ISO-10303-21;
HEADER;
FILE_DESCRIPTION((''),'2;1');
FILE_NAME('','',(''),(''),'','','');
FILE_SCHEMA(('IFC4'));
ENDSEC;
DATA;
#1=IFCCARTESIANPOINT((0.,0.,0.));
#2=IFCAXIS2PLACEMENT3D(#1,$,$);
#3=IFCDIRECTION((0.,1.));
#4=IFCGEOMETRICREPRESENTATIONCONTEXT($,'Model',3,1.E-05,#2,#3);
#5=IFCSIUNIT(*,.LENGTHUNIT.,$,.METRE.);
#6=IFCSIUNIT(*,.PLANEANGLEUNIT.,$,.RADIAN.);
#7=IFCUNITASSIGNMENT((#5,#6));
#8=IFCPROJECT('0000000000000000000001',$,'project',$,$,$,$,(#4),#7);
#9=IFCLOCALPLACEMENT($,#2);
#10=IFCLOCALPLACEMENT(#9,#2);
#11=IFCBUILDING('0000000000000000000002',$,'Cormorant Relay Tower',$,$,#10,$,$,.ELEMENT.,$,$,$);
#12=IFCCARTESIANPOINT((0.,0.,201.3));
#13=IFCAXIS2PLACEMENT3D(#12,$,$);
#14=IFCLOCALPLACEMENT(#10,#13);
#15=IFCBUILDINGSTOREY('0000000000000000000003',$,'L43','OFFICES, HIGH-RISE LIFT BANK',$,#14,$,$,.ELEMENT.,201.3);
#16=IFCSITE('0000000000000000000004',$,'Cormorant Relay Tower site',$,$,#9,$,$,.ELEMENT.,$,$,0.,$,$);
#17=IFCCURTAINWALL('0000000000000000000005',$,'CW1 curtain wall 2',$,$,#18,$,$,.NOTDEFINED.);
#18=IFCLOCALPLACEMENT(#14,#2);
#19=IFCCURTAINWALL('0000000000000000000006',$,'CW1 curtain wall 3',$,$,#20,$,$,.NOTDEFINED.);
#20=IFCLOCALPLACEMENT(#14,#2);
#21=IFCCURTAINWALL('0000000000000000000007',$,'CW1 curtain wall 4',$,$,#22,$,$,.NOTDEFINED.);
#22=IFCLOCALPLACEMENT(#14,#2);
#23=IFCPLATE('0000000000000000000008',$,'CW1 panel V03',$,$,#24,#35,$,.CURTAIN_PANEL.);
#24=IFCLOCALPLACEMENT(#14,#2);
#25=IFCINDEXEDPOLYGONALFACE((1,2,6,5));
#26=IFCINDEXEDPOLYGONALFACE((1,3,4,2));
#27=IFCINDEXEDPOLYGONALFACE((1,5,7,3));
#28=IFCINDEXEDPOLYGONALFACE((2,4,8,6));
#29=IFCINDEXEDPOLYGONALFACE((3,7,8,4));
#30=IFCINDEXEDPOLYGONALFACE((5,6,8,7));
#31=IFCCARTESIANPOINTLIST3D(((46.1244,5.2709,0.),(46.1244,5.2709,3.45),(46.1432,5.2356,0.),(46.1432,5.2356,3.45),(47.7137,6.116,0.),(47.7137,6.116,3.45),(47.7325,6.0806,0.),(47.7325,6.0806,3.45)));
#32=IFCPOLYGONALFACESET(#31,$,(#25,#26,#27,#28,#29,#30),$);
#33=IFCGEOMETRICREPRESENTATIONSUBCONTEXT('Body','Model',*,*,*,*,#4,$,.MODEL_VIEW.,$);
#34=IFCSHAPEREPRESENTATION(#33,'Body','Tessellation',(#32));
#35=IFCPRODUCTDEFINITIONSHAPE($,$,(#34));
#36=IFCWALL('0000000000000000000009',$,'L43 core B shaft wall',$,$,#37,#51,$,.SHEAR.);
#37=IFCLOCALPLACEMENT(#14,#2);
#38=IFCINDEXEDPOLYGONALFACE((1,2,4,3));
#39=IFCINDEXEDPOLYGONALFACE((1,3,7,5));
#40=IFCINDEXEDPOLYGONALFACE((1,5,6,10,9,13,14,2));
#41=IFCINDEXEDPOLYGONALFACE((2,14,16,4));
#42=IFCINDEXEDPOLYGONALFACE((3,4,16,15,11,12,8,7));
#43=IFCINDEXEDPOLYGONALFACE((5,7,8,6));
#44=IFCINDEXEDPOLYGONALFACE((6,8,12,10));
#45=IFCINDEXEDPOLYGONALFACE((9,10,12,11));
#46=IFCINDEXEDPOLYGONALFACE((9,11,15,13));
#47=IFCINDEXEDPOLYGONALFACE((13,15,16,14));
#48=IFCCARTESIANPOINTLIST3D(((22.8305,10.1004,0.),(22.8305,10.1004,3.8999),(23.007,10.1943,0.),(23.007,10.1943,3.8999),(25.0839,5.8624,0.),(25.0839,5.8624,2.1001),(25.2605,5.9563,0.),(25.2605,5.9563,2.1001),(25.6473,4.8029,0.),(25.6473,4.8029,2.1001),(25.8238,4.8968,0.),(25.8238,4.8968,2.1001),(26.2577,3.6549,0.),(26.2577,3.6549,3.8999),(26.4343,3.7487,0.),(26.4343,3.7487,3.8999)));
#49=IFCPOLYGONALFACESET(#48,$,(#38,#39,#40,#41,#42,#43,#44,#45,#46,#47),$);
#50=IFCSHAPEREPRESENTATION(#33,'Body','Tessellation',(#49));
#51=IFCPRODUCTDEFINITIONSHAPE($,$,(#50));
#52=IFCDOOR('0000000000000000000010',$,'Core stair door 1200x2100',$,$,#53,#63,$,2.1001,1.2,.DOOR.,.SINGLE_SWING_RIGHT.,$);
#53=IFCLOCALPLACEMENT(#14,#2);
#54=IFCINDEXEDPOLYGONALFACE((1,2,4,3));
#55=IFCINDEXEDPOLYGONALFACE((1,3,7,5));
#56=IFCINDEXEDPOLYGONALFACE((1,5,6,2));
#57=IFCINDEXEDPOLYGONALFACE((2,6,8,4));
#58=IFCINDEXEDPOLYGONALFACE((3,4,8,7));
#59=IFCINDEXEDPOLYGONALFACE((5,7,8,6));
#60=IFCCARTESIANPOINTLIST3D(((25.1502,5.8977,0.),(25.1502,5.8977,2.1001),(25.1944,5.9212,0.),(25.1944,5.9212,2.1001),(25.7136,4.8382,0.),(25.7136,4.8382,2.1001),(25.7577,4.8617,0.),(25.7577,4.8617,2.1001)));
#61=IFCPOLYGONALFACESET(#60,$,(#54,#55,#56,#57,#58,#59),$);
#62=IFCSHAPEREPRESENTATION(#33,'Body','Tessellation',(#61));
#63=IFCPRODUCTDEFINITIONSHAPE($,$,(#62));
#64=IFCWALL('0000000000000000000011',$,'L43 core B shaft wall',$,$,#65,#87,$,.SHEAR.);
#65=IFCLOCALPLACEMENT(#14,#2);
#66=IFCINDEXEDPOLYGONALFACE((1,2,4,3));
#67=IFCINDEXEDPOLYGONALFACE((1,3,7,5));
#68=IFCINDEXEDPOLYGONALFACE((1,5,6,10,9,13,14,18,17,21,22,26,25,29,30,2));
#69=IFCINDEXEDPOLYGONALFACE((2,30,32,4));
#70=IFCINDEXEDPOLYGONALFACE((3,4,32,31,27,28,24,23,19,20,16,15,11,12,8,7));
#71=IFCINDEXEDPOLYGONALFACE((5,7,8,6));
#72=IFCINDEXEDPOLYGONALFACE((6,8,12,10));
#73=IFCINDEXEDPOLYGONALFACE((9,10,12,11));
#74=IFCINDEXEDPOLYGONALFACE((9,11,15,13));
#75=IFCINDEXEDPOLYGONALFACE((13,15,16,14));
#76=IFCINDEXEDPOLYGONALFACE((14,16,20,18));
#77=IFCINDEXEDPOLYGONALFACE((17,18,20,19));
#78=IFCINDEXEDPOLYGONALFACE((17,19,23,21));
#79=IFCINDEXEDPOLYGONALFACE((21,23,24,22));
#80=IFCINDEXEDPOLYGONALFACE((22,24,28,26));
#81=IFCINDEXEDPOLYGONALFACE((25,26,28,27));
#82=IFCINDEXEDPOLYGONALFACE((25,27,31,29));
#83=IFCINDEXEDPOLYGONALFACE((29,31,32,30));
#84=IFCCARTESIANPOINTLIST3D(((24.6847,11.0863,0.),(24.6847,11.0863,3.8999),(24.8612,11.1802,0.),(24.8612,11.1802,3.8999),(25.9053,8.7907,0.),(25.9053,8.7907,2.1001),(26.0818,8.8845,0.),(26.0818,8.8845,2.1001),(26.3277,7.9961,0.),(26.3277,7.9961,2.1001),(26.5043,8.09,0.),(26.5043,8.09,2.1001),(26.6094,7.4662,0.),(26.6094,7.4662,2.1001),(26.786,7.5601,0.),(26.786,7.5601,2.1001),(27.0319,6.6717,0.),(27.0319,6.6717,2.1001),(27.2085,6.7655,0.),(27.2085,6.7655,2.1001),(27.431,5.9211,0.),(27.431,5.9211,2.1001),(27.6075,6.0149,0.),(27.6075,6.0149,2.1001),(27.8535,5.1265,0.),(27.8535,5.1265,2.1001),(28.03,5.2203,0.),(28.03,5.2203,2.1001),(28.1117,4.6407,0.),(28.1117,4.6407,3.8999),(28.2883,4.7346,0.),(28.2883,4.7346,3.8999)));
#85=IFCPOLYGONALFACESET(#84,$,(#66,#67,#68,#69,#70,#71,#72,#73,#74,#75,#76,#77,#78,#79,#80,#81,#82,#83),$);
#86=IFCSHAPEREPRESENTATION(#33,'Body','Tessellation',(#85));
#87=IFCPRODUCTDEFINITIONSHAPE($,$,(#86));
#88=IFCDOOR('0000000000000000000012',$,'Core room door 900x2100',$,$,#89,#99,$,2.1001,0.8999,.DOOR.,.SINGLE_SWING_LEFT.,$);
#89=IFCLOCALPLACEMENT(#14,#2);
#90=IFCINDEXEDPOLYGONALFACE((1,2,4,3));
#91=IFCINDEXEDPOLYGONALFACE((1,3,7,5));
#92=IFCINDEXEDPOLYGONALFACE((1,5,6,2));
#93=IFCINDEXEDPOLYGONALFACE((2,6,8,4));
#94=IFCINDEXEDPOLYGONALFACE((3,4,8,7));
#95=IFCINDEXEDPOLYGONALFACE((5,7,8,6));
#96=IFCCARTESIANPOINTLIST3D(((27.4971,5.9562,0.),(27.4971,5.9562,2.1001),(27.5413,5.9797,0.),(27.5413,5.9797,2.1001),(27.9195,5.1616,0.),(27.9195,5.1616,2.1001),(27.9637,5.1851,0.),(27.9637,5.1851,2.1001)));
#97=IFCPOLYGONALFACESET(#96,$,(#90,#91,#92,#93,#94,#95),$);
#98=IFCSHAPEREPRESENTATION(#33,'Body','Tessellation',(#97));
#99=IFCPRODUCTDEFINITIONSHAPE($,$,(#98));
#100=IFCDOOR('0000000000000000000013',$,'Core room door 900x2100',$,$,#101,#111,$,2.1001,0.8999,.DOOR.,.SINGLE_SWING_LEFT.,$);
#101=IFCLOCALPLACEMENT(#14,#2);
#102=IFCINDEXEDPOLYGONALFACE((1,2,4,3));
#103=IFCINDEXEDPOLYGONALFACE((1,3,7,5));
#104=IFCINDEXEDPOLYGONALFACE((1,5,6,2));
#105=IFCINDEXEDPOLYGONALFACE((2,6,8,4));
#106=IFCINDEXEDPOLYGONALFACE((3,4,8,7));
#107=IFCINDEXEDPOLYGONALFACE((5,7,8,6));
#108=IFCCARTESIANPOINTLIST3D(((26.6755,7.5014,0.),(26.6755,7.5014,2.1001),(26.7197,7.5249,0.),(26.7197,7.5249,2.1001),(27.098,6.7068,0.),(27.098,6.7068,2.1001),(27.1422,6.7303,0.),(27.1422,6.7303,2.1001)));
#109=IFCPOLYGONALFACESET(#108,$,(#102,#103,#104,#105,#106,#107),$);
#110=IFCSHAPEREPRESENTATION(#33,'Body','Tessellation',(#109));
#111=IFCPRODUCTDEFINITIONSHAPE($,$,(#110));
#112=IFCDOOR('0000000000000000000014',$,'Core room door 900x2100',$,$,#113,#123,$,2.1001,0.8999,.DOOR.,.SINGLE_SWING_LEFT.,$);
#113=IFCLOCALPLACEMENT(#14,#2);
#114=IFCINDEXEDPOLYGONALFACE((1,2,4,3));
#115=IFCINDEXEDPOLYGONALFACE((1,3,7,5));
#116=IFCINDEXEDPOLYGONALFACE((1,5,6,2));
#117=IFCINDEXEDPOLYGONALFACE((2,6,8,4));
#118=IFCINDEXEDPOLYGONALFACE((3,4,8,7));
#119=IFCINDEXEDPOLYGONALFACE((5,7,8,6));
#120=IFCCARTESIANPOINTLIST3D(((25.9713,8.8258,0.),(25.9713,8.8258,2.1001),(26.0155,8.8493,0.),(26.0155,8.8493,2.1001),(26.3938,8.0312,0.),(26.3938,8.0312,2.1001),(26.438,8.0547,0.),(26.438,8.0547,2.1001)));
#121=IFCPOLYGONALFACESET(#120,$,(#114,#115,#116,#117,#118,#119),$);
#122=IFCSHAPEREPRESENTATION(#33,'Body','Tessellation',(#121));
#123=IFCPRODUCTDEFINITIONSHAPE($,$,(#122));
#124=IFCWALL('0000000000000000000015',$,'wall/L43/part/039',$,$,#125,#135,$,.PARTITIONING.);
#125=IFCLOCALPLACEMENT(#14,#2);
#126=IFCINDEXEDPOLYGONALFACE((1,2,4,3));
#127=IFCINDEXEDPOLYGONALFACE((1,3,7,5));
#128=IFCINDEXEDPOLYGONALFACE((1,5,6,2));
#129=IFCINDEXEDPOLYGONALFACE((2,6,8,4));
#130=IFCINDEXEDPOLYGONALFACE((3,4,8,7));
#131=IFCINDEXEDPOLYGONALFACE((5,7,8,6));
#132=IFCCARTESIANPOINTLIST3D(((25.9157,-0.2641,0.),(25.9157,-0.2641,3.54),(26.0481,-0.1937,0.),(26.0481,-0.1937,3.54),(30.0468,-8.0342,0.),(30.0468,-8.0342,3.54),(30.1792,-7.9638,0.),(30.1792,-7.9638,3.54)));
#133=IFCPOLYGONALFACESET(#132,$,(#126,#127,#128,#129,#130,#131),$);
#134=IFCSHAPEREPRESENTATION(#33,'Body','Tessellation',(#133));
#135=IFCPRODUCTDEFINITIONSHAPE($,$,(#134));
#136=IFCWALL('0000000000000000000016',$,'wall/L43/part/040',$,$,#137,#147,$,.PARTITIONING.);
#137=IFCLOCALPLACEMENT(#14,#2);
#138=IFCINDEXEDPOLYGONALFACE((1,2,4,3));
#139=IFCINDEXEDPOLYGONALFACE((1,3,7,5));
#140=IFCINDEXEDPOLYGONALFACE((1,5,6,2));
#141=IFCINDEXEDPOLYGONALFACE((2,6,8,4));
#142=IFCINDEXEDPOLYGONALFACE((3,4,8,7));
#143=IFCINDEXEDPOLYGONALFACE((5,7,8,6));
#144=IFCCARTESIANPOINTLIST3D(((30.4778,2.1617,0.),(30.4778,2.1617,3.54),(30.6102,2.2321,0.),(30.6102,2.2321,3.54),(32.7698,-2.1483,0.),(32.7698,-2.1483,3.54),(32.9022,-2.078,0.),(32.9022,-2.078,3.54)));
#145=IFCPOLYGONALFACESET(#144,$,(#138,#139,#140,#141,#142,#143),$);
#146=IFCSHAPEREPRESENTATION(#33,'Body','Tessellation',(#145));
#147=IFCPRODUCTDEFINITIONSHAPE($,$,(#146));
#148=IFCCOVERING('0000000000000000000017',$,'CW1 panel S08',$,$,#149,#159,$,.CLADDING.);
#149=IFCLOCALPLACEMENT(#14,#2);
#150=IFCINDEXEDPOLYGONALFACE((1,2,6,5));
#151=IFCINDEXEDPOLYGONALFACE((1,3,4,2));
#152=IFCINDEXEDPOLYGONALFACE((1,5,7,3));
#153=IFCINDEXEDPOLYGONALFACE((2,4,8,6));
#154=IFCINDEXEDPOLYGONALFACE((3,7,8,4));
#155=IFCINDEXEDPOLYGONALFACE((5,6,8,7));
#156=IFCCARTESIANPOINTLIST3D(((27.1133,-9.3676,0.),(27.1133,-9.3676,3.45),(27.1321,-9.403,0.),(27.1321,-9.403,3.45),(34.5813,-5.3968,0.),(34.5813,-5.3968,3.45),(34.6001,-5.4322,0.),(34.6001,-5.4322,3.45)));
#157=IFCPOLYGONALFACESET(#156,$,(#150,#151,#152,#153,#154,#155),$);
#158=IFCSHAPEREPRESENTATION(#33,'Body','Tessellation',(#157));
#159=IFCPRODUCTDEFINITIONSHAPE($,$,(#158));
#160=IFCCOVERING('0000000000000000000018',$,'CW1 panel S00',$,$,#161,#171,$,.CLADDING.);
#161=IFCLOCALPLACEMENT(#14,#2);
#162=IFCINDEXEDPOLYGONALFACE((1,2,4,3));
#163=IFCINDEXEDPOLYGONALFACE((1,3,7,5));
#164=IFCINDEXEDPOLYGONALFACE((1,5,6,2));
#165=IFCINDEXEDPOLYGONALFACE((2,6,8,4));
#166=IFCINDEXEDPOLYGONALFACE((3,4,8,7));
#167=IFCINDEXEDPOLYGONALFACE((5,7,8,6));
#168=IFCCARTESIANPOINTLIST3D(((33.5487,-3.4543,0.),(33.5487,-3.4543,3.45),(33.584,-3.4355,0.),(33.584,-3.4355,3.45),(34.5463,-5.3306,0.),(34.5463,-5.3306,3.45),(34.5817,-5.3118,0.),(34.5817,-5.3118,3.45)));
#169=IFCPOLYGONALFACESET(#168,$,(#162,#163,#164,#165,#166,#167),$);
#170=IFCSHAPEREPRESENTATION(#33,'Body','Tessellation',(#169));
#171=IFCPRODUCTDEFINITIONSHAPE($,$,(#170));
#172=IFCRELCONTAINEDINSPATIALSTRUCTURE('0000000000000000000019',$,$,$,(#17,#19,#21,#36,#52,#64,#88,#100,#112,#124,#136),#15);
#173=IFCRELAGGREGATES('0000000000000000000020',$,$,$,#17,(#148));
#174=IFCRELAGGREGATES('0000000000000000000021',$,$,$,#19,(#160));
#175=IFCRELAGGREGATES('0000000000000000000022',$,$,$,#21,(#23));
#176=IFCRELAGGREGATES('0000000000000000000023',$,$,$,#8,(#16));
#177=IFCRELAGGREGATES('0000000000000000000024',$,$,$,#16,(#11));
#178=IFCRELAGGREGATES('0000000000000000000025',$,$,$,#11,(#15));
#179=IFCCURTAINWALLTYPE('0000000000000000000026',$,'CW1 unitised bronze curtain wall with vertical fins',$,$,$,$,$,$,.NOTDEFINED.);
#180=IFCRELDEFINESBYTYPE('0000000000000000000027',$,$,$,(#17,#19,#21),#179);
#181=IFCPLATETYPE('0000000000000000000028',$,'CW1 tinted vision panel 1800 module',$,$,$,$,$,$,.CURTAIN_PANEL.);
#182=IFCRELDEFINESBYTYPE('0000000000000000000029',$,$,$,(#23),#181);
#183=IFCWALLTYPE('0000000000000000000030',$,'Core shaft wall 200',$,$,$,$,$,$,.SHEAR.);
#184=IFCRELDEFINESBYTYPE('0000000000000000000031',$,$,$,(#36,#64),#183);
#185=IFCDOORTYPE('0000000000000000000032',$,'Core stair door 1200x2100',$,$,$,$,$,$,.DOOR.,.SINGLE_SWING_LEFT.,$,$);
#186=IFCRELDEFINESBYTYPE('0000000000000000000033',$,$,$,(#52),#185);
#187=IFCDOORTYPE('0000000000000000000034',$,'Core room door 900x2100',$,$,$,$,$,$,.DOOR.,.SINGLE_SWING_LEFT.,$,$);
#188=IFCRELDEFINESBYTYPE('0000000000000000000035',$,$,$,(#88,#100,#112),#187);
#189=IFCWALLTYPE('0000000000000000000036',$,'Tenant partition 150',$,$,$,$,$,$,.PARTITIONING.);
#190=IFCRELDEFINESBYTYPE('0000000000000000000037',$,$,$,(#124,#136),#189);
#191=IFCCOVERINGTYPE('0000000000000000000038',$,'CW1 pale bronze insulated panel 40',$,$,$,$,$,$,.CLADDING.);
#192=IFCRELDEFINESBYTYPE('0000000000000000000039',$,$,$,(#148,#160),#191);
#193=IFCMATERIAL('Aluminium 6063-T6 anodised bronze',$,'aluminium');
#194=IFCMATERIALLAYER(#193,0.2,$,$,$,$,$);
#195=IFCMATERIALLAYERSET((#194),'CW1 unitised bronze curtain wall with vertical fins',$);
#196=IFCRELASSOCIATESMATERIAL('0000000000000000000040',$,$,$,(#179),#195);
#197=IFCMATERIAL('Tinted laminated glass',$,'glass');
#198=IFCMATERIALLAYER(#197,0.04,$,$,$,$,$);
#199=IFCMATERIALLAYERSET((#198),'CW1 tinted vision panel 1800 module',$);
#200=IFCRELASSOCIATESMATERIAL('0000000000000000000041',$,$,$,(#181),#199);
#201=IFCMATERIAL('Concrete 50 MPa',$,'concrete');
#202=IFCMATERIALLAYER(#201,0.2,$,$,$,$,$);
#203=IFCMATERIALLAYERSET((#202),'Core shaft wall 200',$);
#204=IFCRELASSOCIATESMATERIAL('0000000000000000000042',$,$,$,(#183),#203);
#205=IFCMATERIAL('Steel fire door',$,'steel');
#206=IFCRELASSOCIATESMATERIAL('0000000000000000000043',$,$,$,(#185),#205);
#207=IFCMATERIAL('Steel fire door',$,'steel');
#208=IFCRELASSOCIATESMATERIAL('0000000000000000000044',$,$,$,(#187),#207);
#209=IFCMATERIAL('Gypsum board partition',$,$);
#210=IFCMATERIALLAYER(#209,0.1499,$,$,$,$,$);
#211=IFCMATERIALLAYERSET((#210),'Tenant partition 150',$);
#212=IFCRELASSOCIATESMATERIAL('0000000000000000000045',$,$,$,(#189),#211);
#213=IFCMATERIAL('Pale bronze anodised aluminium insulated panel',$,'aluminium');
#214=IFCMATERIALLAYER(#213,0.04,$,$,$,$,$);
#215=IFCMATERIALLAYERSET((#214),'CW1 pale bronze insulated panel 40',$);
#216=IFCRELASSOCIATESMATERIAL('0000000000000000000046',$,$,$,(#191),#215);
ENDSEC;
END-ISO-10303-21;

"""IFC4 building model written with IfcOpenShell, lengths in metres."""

from ifc_helpers import new_model, si_unit, direction, frame, frame_2d, origin, origin_2d, place, context, subcontext, project, spatial, rectangle, extrude, material, layer, layer_set, type_object, element, fill, aggregate, save


model = new_model("IFC4")

# Units and contexts
model_context = context("Model", 3, precision=1e-05, world=origin(), true_north=direction((0.0, 1.0)))
body_context = subcontext(model_context, "Body", "Model", "MODEL_VIEW")
ifc_project = project(units=[si_unit("LENGTHUNIT", "METRE"), si_unit("PLANEANGLEUNIT", "RADIAN")], contexts=[model_context])

# Site, building, storey
site_placement = place(None, origin())
site = spatial("IfcSite", under=ifc_project, at=site_placement, Name="Cormorant Relay Tower site", CompositionType="ELEMENT", RefElevation=0.0)
building_placement = place(site_placement, origin())
building = spatial("IfcBuilding", under=site, at=building_placement, Name="Cormorant Relay Tower", CompositionType="ELEMENT")
storey_placement = place(building_placement, frame((0.0, 0.0, 201.3)))
storey = spatial("IfcBuildingStorey", under=building, at=storey_placement, Name="L43", Description="OFFICES, HIGH-RISE LIFT BANK", CompositionType="ELEMENT", Elevation=201.3)

# Curtain walls
ifc_material_1 = material(Name="Aluminium 6063-T6 anodised bronze", Category="aluminium")
ifc_layer_1 = layer(ifc_material_1, 0.2)
ifc_layer_set_1 = layer_set([ifc_layer_1], Name="CW1 unitised bronze curtain wall with vertical fins")
curtain_wall_type = type_object("IfcCurtainWallType", Name="CW1 unitised bronze curtain wall with vertical fins", PredefinedType="NOTDEFINED", material=ifc_layer_set_1)
curtain_wall_1_placement = place(storey_placement, origin())
curtain_wall_1 = element("IfcCurtainWall", 1, at=curtain_wall_1_placement, inside=storey, type_object=curtain_wall_type, Name="CW1 curtain wall 2", PredefinedType="NOTDEFINED")
curtain_wall_2_placement = place(storey_placement, origin())
curtain_wall_2 = element("IfcCurtainWall", 2, at=curtain_wall_2_placement, inside=storey, type_object=curtain_wall_type, Name="CW1 curtain wall 3", PredefinedType="NOTDEFINED")

# Curtain wall
curtain_wall_3_placement = place(storey_placement, origin())
curtain_wall_3 = element("IfcCurtainWall", 3, at=curtain_wall_3_placement, inside=storey, type_object=curtain_wall_type, Name="CW1 curtain wall 4", PredefinedType="NOTDEFINED")

# Plate
ifc_material_2 = material(Name="Tinted laminated glass", Category="glass")
ifc_layer_2 = layer(ifc_material_2, 0.04)
ifc_layer_set_2 = layer_set([ifc_layer_2], Name="CW1 tinted vision panel 1800 module")
plate_type = type_object("IfcPlateType", Name="CW1 tinted vision panel 1800 module", PredefinedType="CURTAIN_PANEL", material=ifc_layer_set_2)
plate_1_placement = place(storey_placement, frame((46.9285, 5.6758, 0.0), z_axis=(0.0, 0.0, 1.0), x_axis=(0.882948, 0.469472, 0.0)))
plate_1 = element("IfcPlate", 4, at=plate_1_placement, type_object=plate_type, Name="CW1 panel V03", PredefinedType="CURTAIN_PANEL", context=body_context, shape_type="SweptSolid", body=[
    extrude(rectangle(XDim=1.8, YDim=0.04, at=origin_2d()), origin(), (0.0, 0.0, 1.0), 3.45),
])

# Wall, opening, door
ifc_material_3 = material(Name="Concrete 50 MPa", Category="concrete")
ifc_layer_3 = layer(ifc_material_3, 0.2)
ifc_layer_set_3 = layer_set([ifc_layer_3], Name="Core shaft wall 200")
wall_type_1 = type_object("IfcWallType", Name="Core shaft wall 200", PredefinedType="SHEAR", material=ifc_layer_set_3)
wall_1_placement = place(storey_placement, frame((26.3459, 3.7019, 0.0), z_axis=(0.0, 0.0, 1.0), x_axis=(-0.46948, 0.882943, 0.0)))
wall_1 = element("IfcWall", 5, at=wall_1_placement, inside=storey, type_object=wall_type_1, Name="L43 core B shaft wall", PredefinedType="SHEAR", context=body_context, shape_type="SweptSolid", body=[
    extrude(rectangle(XDim=7.3, YDim=0.2, at=frame_2d((3.6499, 0.0))), origin(), (0.0, 0.0, 1.0), 3.8999),
])
opening_1_placement = place(wall_1_placement, frame((1.3, 0.0, 0.0)))
opening_1 = element("IfcOpeningElement", 6, at=opening_1_placement, cuts=wall_1, PredefinedType="OPENING", context=body_context, shape_type="SweptSolid", body=[
    extrude(rectangle(XDim=1.2, YDim=2.1001, at=frame_2d((0.6001, 1.05))), frame((0.0, 0.1099, 0.0), z_axis=(0.0, -1.0, 0.0), x_axis=(1.0, 0.0, 0.0)), (0.0, 0.0, 1.0), 0.22),
])
ifc_material_4 = material(Name="Steel fire door", Category="steel")
door_type_1 = type_object("IfcDoorType", Name="Core stair door 1200x2100", OperationType="SINGLE_SWING_LEFT", PredefinedType="DOOR", material=ifc_material_4)
door_1_placement = place(opening_1_placement, origin())
door_1 = element("IfcDoor", 7, at=door_1_placement, inside=storey, type_object=door_type_1, Name="Core stair door 1200x2100", OperationType="SINGLE_SWING_RIGHT", OverallHeight=2.1001, OverallWidth=1.2, PredefinedType="DOOR", context=body_context, shape_type="SweptSolid", body=[
    extrude(rectangle(XDim=1.2, YDim=2.1001, at=frame_2d((0.6001, 1.05))), frame((0.0, 0.0249, 0.0), z_axis=(0.0, -1.0, 0.0), x_axis=(1.0, 0.0, 0.0)), (0.0, 0.0, 1.0), 0.05),
])
fill(opening_1, door_1)

# Wall, openings, doors
wall_2_placement = place(storey_placement, frame((28.2, 4.6877, 0.0), z_axis=(0.0, 0.0, 1.0), x_axis=(-0.469454, 0.882957, 0.0)))
wall_2 = element("IfcWall", 8, at=wall_2_placement, inside=storey, type_object=wall_type_1, Name="L43 core B shaft wall", PredefinedType="SHEAR", context=body_context, shape_type="SweptSolid", body=[
    extrude(rectangle(XDim=7.3, YDim=0.2, at=frame_2d((3.6499, 0.0))), origin(), (0.0, 0.0, 1.0), 3.8999),
])
opening_2_placement = place(wall_2_placement, frame((0.55, 0.0, 0.0)))
opening_2 = element("IfcOpeningElement", 9, at=opening_2_placement, cuts=wall_2, PredefinedType="OPENING", context=body_context, shape_type="SweptSolid", body=[
    extrude(rectangle(XDim=0.8999, YDim=2.1001, at=frame_2d((0.45, 1.05))), frame((0.0, 0.1099, 0.0), z_axis=(0.0, -1.0, 0.0), x_axis=(1.0, 0.0, 0.0)), (0.0, 0.0, 1.0), 0.22),
])
opening_3_placement = place(wall_2_placement, frame((2.3, 0.0, 0.0)))
opening_3 = element("IfcOpeningElement", 10, at=opening_3_placement, cuts=wall_2, PredefinedType="OPENING", context=body_context, shape_type="SweptSolid", body=[
    extrude(rectangle(XDim=0.8999, YDim=2.1001, at=frame_2d((0.45, 1.05))), frame((0.0, 0.1099, 0.0), z_axis=(0.0, -1.0, 0.0), x_axis=(1.0, 0.0, 0.0)), (0.0, 0.0, 1.0), 0.22),
])
opening_4_placement = place(wall_2_placement, frame((3.8, 0.0, 0.0)))
opening_4 = element("IfcOpeningElement", 11, at=opening_4_placement, cuts=wall_2, PredefinedType="OPENING", context=body_context, shape_type="SweptSolid", body=[
    extrude(rectangle(XDim=0.8999, YDim=2.1001, at=frame_2d((0.45, 1.05))), frame((0.0, 0.1099, 0.0), z_axis=(0.0, -1.0, 0.0), x_axis=(1.0, 0.0, 0.0)), (0.0, 0.0, 1.0), 0.22),
])
ifc_material_5 = material(Name="Steel fire door", Category="steel")
door_type_2 = type_object("IfcDoorType", Name="Core room door 900x2100", OperationType="SINGLE_SWING_LEFT", PredefinedType="DOOR", material=ifc_material_5)
door_2_placement = place(opening_2_placement, frame((0.8999, 0.0, 0.0), z_axis=(0.0, 0.0, 1.0), x_axis=(-1.0, 0.0, 0.0)))
door_2 = element("IfcDoor", 12, at=door_2_placement, inside=storey, type_object=door_type_2, Name="Core room door 900x2100", OperationType="SINGLE_SWING_LEFT", OverallHeight=2.1001, OverallWidth=0.8999, PredefinedType="DOOR", context=body_context, shape_type="SweptSolid", body=[
    extrude(rectangle(XDim=0.8999, YDim=2.1001, at=frame_2d((0.45, 1.05))), frame((0.0, 0.0249, 0.0), z_axis=(0.0, -1.0, 0.0), x_axis=(1.0, 0.0, 0.0)), (0.0, 0.0, 1.0), 0.05),
])
fill(opening_2, door_2)
door_3_placement = place(opening_3_placement, frame((0.8999, 0.0, 0.0), z_axis=(0.0, 0.0, 1.0), x_axis=(-1.0, 0.0, 0.0)))
door_3 = element("IfcDoor", 13, at=door_3_placement, inside=storey, type_object=door_type_2, Name="Core room door 900x2100", OperationType="SINGLE_SWING_LEFT", OverallHeight=2.1001, OverallWidth=0.8999, PredefinedType="DOOR", context=body_context, shape_type="SweptSolid", body=[
    extrude(rectangle(XDim=0.8999, YDim=2.1001, at=frame_2d((0.45, 1.05))), frame((0.0, 0.0249, 0.0), z_axis=(0.0, -1.0, 0.0), x_axis=(1.0, 0.0, 0.0)), (0.0, 0.0, 1.0), 0.05),
])
fill(opening_3, door_3)
door_4_placement = place(opening_4_placement, frame((0.8999, 0.0, 0.0), z_axis=(0.0, 0.0, 1.0), x_axis=(-1.0, 0.0, 0.0)))
door_4 = element("IfcDoor", 14, at=door_4_placement, inside=storey, type_object=door_type_2, Name="Core room door 900x2100", OperationType="SINGLE_SWING_LEFT", OverallHeight=2.1001, OverallWidth=0.8999, PredefinedType="DOOR", context=body_context, shape_type="SweptSolid", body=[
    extrude(rectangle(XDim=0.8999, YDim=2.1001, at=frame_2d((0.45, 1.05))), frame((0.0, 0.0249, 0.0), z_axis=(0.0, -1.0, 0.0), x_axis=(1.0, 0.0, 0.0)), (0.0, 0.0, 1.0), 0.05),
])
fill(opening_4, door_4)

# Walls
ifc_material_6 = material(Name="Gypsum board partition")
ifc_layer_4 = layer(ifc_material_6, 0.1499)
ifc_layer_set_4 = layer_set([ifc_layer_4], Name="Tenant partition 150")
wall_type_2 = type_object("IfcWallType", Name="Tenant partition 150", PredefinedType="PARTITIONING", material=ifc_layer_set_4)
wall_3_placement = place(storey_placement, frame((25.9819, -0.229, 0.0), z_axis=(0.0, 0.0, 1.0), x_axis=(0.469446, -0.882961, 0.0)))
element("IfcWall", 15, at=wall_3_placement, inside=storey, type_object=wall_type_2, Name="wall/L43/part/039", PredefinedType="PARTITIONING", context=body_context, shape_type="SweptSolid", body=[
    extrude(rectangle(XDim=8.8, YDim=0.1499, at=frame_2d((4.3999, 0.0))), origin(), (0.0, 0.0, 1.0), 3.54),
])
wall_4_placement = place(storey_placement, frame((30.5439, 2.197, 0.0), z_axis=(0.0, 0.0, 1.0), x_axis=(0.469518, -0.882923, 0.0)))
element("IfcWall", 16, at=wall_4_placement, inside=storey, type_object=wall_type_2, Name="wall/L43/part/040", PredefinedType="PARTITIONING", context=body_context, shape_type="SweptSolid", body=[
    extrude(rectangle(XDim=4.8816, YDim=0.1499, at=frame_2d((2.4409, 0.0))), origin(), (0.0, 0.0, 1.0), 3.54),
])

# Coverings
ifc_material_7 = material(Name="Pale bronze anodised aluminium insulated panel", Category="aluminium")
ifc_layer_5 = layer(ifc_material_7, 0.04)
ifc_layer_set_5 = layer_set([ifc_layer_5], Name="CW1 pale bronze insulated panel 40")
covering_type = type_object("IfcCoveringType", Name="CW1 pale bronze insulated panel 40", PredefinedType="CLADDING", material=ifc_layer_set_5)
covering_1_placement = place(storey_placement, frame((30.8567, -7.3999, 0.0), z_axis=(0.0, 0.0, 1.0), x_axis=(0.882948, 0.469472, 0.0)))
covering_1 = element("IfcCovering", 17, at=covering_1_placement, type_object=covering_type, Name="CW1 panel S08", PredefinedType="CLADDING", context=body_context, shape_type="SweptSolid", body=[
    extrude(rectangle(XDim=8.458, YDim=0.04, at=origin_2d()), origin(), (0.0, 0.0, 1.0), 3.45),
])
aggregate(curtain_wall_1, [covering_1])
covering_2_placement = place(storey_placement, frame((34.0652, -4.3831, 0.0), z_axis=(0.0, 0.0, 1.0), x_axis=(-0.469472, 0.882948, 0.0)))
covering_2 = element("IfcCovering", 18, at=covering_2_placement, type_object=covering_type, Name="CW1 panel S00", PredefinedType="CLADDING", context=body_context, shape_type="SweptSolid", body=[
    extrude(rectangle(XDim=2.125, YDim=0.04, at=origin_2d()), origin(), (0.0, 0.0, 1.0), 3.45),
])
aggregate(curtain_wall_2, [covering_2])
aggregate(curtain_wall_3, [plate_1])

save(model, "model.ifc")
